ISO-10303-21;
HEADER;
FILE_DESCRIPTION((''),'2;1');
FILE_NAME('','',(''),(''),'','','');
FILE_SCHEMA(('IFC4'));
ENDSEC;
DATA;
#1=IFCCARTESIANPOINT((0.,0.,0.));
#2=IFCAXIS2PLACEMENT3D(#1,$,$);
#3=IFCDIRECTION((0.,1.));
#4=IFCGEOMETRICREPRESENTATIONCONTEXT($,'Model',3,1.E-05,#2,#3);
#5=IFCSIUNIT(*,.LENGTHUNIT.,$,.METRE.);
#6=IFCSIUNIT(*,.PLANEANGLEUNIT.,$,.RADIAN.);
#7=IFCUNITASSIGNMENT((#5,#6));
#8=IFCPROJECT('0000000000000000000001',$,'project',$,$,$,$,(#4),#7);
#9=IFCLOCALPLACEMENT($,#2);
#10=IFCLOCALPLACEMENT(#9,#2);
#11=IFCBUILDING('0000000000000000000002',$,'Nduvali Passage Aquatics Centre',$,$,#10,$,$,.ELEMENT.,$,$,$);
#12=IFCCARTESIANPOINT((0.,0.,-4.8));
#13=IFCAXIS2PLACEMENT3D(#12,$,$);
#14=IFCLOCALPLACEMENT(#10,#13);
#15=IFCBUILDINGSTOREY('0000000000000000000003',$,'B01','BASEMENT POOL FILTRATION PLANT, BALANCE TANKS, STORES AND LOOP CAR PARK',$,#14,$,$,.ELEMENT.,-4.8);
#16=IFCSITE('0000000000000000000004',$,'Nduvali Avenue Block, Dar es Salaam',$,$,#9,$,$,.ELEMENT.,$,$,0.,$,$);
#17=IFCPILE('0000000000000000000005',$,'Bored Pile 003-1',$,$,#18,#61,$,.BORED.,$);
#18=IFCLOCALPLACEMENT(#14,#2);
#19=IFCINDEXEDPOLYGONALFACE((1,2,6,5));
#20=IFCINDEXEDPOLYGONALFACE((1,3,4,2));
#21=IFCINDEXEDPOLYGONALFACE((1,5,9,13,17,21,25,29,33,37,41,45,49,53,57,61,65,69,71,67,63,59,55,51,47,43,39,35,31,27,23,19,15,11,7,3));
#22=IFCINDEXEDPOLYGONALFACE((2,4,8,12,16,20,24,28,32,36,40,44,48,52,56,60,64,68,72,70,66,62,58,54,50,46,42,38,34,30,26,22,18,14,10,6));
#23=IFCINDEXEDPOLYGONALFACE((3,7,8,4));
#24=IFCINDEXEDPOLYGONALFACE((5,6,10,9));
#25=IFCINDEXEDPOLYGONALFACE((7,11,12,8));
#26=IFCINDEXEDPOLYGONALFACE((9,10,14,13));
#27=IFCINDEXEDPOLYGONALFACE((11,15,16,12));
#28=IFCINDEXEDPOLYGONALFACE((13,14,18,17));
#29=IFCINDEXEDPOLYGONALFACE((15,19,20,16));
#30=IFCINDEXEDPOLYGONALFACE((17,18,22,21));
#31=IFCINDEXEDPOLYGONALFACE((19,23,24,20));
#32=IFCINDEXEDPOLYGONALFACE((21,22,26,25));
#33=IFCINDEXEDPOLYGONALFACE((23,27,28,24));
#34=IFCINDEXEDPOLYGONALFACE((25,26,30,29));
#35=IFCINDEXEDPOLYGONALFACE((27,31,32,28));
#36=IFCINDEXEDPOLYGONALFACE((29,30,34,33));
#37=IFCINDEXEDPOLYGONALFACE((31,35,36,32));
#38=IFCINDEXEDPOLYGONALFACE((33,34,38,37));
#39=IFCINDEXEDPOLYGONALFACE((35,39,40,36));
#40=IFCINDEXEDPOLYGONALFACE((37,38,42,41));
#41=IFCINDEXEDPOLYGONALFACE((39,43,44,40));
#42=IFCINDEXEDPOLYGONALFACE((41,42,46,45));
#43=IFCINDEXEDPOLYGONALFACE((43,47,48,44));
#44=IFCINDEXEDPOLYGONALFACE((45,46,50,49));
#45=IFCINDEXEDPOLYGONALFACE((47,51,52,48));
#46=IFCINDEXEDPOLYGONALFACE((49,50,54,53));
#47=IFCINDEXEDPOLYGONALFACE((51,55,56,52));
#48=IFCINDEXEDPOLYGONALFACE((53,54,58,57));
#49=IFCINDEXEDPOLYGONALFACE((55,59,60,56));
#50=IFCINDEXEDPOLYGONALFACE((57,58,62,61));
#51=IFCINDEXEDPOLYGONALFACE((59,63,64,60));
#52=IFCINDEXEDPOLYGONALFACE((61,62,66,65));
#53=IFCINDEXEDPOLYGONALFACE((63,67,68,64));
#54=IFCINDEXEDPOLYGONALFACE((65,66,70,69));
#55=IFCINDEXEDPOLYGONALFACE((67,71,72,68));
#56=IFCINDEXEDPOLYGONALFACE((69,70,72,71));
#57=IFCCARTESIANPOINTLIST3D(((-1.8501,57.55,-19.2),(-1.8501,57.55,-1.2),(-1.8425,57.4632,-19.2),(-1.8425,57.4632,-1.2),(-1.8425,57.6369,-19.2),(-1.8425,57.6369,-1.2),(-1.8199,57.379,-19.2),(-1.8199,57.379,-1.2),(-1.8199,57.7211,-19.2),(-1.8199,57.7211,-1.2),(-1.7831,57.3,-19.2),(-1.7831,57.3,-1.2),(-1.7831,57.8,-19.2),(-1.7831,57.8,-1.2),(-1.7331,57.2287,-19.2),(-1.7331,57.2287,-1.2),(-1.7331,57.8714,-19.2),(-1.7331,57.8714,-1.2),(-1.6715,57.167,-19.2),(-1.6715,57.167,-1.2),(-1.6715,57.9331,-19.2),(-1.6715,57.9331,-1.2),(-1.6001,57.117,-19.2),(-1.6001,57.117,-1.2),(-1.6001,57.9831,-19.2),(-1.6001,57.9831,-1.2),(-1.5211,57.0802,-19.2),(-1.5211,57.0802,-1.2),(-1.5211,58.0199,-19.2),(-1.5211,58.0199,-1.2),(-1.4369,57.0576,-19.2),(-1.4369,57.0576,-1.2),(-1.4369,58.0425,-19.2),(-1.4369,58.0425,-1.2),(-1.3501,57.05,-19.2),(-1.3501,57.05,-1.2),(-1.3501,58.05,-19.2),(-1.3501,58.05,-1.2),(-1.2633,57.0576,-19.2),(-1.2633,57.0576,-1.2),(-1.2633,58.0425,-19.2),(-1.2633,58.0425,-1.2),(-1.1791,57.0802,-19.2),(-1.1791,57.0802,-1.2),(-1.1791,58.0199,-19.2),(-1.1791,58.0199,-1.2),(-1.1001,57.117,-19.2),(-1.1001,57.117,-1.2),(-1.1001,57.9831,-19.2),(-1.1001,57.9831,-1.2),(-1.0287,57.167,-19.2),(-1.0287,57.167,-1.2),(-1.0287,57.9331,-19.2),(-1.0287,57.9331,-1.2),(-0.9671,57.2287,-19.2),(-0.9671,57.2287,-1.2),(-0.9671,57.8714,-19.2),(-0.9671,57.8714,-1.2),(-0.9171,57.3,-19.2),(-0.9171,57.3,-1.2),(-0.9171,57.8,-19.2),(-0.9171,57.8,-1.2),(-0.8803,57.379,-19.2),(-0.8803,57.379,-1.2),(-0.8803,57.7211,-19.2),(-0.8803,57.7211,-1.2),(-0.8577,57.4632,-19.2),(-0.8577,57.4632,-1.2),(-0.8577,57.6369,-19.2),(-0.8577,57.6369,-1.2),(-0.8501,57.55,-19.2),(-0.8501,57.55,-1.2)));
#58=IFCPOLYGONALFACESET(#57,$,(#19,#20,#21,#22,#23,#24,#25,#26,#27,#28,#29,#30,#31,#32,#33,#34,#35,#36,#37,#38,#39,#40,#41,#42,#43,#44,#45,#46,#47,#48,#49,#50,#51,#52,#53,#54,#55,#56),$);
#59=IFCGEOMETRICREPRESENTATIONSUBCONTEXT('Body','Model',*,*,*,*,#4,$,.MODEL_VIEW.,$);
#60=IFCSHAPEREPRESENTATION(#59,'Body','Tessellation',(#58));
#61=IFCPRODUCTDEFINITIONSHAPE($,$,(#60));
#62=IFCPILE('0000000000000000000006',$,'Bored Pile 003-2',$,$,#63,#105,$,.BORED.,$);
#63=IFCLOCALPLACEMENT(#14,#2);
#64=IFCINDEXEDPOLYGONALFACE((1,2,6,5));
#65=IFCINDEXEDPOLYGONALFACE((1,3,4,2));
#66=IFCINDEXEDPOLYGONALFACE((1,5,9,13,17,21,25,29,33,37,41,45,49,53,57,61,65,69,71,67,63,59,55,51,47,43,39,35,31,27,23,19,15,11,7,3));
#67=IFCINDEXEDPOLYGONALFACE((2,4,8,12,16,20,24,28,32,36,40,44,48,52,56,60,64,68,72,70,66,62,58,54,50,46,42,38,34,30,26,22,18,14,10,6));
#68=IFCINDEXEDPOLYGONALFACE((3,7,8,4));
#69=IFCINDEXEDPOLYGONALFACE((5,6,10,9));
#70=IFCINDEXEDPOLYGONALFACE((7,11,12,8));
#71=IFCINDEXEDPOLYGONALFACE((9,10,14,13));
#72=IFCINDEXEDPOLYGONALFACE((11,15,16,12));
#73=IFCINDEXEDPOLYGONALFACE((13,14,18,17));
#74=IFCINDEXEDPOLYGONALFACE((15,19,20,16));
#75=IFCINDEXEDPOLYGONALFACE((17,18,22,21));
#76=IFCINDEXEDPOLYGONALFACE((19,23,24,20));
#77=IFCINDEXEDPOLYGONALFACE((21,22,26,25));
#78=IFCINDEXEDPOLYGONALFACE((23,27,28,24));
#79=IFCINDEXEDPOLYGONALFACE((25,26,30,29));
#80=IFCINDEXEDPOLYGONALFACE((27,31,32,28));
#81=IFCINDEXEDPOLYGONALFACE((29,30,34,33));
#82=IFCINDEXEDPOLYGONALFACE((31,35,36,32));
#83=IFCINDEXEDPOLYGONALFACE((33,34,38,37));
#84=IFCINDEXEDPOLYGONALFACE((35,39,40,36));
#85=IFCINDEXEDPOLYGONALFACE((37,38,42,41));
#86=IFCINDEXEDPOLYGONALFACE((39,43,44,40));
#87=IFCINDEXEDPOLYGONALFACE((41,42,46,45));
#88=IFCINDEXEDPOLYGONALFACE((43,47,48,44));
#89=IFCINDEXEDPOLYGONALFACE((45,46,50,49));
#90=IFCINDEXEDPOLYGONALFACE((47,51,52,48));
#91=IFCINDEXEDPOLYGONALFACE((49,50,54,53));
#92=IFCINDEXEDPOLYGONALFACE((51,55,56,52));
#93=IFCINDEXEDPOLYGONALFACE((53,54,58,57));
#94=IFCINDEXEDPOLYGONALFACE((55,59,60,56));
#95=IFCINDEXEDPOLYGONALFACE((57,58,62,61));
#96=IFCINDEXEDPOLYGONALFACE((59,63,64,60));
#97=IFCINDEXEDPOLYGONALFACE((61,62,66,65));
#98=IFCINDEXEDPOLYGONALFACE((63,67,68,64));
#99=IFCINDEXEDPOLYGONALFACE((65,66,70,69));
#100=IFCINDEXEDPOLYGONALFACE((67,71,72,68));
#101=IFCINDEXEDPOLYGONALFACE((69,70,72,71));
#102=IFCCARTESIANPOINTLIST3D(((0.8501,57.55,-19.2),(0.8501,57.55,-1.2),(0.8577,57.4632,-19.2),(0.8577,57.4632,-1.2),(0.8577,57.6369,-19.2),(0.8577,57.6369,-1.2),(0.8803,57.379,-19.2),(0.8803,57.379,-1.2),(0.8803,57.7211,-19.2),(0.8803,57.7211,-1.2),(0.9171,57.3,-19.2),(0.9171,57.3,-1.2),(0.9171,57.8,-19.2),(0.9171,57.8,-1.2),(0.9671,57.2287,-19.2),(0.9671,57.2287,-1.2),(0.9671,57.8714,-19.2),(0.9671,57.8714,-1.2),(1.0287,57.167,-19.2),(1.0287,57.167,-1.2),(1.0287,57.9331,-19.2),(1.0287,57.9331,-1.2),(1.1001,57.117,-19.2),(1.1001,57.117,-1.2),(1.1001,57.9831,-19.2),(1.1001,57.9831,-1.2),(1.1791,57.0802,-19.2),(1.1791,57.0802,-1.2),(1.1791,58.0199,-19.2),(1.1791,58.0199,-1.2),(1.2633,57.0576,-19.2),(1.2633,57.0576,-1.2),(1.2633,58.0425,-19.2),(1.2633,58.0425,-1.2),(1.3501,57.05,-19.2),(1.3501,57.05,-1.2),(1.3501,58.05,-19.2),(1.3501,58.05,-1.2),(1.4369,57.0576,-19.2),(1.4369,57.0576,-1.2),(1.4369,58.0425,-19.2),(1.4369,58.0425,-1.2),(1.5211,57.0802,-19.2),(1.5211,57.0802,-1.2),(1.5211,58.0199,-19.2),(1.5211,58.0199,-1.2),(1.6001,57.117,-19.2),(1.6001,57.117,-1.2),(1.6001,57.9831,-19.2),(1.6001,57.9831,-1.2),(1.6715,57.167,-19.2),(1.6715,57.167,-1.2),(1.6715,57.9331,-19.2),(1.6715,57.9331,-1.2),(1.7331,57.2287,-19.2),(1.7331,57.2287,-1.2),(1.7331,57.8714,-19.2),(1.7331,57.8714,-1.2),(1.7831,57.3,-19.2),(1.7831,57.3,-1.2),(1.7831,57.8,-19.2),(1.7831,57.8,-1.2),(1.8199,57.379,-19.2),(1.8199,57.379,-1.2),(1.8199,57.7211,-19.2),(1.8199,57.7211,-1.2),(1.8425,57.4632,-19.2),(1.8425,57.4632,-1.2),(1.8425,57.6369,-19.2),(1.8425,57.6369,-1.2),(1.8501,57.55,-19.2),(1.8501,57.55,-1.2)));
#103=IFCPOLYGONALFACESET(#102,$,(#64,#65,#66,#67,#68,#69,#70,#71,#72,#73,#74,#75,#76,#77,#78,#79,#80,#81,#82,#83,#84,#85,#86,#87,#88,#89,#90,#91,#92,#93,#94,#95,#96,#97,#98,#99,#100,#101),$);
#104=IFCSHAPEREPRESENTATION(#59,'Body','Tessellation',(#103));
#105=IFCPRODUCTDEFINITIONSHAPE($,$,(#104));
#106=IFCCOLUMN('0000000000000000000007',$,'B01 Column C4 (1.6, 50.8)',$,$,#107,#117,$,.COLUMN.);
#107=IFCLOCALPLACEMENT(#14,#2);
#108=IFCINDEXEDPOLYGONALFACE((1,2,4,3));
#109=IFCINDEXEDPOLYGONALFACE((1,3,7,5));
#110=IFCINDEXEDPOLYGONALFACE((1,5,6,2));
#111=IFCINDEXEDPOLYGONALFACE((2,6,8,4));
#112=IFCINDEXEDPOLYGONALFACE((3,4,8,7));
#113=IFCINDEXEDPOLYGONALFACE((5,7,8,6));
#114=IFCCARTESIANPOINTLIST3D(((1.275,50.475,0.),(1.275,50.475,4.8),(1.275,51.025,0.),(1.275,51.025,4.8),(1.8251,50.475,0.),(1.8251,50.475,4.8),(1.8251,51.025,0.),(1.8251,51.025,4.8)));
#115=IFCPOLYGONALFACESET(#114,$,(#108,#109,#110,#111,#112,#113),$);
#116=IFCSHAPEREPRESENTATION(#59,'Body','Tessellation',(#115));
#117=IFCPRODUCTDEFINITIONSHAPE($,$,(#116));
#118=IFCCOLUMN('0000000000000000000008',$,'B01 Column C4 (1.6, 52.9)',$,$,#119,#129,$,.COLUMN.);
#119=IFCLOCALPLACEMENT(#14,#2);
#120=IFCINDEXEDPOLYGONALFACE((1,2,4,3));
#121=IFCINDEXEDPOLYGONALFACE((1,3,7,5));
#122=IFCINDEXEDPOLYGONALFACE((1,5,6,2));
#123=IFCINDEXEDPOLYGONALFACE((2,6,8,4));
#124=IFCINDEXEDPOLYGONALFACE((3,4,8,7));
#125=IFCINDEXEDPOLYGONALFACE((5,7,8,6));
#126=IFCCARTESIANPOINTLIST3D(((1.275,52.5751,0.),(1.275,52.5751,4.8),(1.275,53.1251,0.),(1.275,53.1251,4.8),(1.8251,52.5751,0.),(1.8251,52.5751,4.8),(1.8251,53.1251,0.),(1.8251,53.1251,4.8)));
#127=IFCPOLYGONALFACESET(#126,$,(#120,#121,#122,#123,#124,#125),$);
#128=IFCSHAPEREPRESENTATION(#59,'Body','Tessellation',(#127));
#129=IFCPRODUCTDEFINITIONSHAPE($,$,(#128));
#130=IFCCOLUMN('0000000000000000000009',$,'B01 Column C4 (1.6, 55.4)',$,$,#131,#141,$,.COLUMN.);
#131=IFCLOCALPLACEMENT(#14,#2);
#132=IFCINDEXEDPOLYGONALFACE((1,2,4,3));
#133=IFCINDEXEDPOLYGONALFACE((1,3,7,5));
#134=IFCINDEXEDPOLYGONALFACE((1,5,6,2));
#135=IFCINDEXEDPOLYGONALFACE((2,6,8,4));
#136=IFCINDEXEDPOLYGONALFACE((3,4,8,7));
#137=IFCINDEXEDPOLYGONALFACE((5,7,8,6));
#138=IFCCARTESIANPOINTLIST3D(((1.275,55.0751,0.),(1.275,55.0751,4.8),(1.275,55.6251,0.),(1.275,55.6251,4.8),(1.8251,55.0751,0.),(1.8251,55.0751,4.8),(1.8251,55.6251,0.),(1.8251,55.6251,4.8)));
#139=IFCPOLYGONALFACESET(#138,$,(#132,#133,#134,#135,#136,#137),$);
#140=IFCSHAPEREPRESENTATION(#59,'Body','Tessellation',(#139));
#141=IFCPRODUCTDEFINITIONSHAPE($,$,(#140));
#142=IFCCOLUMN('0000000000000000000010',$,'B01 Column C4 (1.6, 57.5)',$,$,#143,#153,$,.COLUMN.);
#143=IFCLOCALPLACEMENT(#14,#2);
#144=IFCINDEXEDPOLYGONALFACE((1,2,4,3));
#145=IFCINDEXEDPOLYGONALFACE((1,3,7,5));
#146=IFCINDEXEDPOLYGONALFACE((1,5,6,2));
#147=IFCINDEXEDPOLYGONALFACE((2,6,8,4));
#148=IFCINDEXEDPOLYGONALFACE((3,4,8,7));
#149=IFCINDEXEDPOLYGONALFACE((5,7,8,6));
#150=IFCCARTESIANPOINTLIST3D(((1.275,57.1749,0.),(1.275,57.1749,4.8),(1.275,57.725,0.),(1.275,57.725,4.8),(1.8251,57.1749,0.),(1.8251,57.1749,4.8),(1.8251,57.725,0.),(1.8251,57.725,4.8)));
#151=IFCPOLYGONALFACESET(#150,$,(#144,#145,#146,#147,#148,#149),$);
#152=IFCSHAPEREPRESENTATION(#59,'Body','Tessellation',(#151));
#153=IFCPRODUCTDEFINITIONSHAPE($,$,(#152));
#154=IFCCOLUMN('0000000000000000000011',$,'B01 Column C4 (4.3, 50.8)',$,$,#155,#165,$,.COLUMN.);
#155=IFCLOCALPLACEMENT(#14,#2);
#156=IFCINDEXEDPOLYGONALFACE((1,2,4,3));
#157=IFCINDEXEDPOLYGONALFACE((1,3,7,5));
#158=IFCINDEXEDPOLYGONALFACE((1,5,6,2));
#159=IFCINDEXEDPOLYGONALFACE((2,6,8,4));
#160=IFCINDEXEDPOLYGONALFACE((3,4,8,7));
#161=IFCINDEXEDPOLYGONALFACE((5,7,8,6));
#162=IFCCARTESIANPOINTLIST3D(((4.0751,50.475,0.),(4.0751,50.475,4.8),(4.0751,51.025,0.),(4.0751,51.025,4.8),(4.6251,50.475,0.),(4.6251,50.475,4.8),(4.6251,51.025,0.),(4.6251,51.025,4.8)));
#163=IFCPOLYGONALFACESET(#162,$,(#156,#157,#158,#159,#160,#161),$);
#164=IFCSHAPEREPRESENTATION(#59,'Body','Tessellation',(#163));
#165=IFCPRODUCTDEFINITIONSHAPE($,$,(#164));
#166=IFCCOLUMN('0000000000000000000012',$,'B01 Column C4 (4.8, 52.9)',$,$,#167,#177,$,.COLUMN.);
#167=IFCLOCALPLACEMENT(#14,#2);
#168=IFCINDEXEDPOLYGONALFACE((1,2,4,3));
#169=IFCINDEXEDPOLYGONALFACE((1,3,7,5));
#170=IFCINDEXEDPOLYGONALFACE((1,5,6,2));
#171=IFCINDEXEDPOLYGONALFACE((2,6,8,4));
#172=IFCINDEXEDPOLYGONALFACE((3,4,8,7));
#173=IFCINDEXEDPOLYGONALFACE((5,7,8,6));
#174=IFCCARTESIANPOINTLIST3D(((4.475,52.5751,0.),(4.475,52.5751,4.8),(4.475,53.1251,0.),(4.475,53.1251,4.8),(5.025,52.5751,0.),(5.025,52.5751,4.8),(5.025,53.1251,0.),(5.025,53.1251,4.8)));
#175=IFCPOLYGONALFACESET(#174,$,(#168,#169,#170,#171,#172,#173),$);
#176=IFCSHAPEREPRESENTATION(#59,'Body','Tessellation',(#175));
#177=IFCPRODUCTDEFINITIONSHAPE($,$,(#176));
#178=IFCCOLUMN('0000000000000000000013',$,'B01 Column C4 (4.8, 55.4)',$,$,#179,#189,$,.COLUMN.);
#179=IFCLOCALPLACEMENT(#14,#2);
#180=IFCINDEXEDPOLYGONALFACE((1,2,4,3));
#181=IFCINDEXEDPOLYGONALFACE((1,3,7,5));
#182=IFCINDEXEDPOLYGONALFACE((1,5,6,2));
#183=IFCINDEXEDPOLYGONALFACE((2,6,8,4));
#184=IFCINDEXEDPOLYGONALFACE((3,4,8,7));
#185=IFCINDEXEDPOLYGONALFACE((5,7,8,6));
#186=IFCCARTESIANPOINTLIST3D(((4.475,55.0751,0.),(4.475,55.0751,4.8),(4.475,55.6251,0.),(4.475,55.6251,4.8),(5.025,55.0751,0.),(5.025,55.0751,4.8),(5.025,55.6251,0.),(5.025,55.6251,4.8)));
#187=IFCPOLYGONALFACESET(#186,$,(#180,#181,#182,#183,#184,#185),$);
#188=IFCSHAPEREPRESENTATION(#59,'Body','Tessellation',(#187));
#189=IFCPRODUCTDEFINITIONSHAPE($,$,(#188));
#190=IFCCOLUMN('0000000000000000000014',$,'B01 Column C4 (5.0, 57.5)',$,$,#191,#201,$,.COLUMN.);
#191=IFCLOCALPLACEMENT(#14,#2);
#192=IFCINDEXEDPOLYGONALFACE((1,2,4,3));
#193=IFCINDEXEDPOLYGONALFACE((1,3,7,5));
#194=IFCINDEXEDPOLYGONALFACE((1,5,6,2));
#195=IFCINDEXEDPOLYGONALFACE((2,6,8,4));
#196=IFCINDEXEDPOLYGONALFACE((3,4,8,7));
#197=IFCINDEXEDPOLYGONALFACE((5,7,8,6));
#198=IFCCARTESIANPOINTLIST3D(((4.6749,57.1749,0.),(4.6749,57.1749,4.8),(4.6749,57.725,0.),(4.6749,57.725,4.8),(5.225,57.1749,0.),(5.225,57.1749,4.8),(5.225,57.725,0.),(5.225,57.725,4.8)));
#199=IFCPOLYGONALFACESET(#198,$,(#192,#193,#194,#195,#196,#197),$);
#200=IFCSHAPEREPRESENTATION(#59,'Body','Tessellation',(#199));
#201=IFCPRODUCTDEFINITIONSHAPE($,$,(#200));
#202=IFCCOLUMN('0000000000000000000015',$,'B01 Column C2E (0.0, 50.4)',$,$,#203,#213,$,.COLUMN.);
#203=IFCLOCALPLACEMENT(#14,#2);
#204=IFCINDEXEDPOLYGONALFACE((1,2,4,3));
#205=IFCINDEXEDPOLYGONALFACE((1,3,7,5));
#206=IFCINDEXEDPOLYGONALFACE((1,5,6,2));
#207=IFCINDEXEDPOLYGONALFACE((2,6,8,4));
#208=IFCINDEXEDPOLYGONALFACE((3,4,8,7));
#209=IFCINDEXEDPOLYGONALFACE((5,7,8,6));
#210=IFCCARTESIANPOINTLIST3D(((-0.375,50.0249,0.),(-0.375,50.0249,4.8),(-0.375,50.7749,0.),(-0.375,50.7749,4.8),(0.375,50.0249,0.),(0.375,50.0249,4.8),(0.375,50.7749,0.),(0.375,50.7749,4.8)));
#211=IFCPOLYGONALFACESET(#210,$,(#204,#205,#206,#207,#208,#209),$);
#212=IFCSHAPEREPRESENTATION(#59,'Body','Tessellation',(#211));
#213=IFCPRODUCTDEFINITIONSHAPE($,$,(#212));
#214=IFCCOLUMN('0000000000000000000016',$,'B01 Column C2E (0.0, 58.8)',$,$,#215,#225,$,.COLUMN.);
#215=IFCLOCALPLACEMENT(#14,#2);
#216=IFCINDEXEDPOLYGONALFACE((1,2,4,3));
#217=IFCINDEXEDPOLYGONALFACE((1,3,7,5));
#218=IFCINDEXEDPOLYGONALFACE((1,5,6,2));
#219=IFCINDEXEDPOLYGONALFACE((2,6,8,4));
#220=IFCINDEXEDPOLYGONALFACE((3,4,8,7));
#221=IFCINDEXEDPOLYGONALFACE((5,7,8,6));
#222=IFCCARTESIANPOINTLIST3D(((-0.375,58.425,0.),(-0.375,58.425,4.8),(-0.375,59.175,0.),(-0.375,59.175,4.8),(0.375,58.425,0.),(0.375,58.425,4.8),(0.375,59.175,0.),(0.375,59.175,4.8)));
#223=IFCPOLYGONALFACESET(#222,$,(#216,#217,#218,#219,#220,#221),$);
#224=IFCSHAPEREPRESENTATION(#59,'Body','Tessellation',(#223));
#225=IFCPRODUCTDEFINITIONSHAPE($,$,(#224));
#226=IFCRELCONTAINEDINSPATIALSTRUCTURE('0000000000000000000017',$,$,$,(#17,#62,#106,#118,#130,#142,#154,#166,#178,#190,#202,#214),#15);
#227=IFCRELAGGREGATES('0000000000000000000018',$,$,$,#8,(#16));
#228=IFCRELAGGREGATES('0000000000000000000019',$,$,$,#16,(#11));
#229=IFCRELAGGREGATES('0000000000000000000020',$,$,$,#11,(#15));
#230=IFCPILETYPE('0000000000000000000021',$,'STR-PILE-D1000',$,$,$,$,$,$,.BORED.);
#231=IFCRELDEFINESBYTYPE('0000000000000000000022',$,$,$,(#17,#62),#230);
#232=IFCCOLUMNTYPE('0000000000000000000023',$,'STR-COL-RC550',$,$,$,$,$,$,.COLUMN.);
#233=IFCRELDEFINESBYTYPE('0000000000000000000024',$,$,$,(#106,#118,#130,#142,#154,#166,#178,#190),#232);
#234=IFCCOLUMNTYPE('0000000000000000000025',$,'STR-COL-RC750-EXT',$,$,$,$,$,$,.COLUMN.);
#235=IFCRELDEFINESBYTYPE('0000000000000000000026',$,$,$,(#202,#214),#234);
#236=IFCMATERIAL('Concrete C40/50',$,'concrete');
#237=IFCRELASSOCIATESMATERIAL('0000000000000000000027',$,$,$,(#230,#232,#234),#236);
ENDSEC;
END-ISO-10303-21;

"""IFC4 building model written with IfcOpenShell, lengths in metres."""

from ifc_helpers import new_model, si_unit, direction, frame, origin, origin_2d, place, context, subcontext, project, spatial, rectangle, circle, extrude, material, material_profile, profile_set, type_object, element, save


model = new_model("IFC4")

# Units and contexts
model_context = context("Model", 3, precision=1e-05, world=origin(), true_north=direction((0.0, 1.0)))
body_context = subcontext(model_context, "Body", "Model", "MODEL_VIEW")
ifc_project = project(units=[si_unit("LENGTHUNIT", "METRE"), si_unit("PLANEANGLEUNIT", "RADIAN")], contexts=[model_context])

# Site, building, storey
site_placement = place(None, origin())
site = spatial("IfcSite", under=ifc_project, at=site_placement, Name="Nduvali Avenue Block, Dar es Salaam", CompositionType="ELEMENT", RefElevation=0.0)
building_placement = place(site_placement, origin())
building = spatial("IfcBuilding", under=site, at=building_placement, Name="Nduvali Passage Aquatics Centre", CompositionType="ELEMENT")
storey_placement = place(building_placement, frame((0.0, 0.0, -4.8)))
storey = spatial("IfcBuildingStorey", under=building, at=storey_placement, Name="B01", Description="BASEMENT POOL FILTRATION PLANT, BALANCE TANKS, STORES AND LOOP CAR PARK", CompositionType="ELEMENT", Elevation=-4.8)

# Shared definitions
ifc_material = material(Name="Concrete C40/50", Category="concrete")

# Piles
ifc_material_profile_1 = material_profile(ifc_material, circle(Radius=0.5, at=origin_2d()), Name="PILE D1000")
ifc_profile_set_1 = profile_set([ifc_material_profile_1], Name="Concrete C40/50")
pile_type = type_object("IfcPileType", Name="STR-PILE-D1000", PredefinedType="BORED", material=ifc_profile_set_1)
for number, where, z_axis, x_axis, name in (
    (1, (-1.3501, 57.55, -1.2), (0.0, 0.0, -1.0), (1.0, 0.0, 0.0), "Bored Pile 003-1"),
    (2, (1.3501, 57.55, -1.2), (0.0, 0.0, -1.0), (1.0, 0.0, 0.0), "Bored Pile 003-2"),
):
    element("IfcPile", number, at=place(storey_placement, frame(where, z_axis=z_axis, x_axis=x_axis)), inside=storey, type_object=pile_type, Name=name, PredefinedType="BORED", context=body_context, shape_type="SweptSolid", body=[
        extrude(circle(Radius=0.5, at=origin_2d()), origin(), (0.0, 0.0, 1.0), 18.0),
    ])

# Columns
ifc_material_profile_2 = material_profile(ifc_material, rectangle(XDim=0.55, YDim=0.55, at=origin_2d()), Name="RC 550x550")
ifc_profile_set_2 = profile_set([ifc_material_profile_2], Name="Concrete C40/50")
column_type_1 = type_object("IfcColumnType", Name="STR-COL-RC550", PredefinedType="COLUMN", material=ifc_profile_set_2)
for number, where, z_axis, x_axis, name in (
    (3, (1.55, 50.75, 0.0), (0.0, 0.0, 1.0), (1.0, 0.0, 0.0), "B01 Column C4 (1.6, 50.8)"),
    (4, (1.55, 52.8501, 0.0), (0.0, 0.0, 1.0), (1.0, 0.0, 0.0), "B01 Column C4 (1.6, 52.9)"),
    (5, (1.55, 55.3501, 0.0), (0.0, 0.0, 1.0), (1.0, 0.0, 0.0), "B01 Column C4 (1.6, 55.4)"),
    (6, (1.55, 57.45, 0.0), (0.0, 0.0, 1.0), (1.0, 0.0, 0.0), "B01 Column C4 (1.6, 57.5)"),
    (7, (4.3501, 50.75, 0.0), (0.0, 0.0, 1.0), (1.0, 0.0, 0.0), "B01 Column C4 (4.3, 50.8)"),
    (8, (4.75, 52.8501, 0.0), (0.0, 0.0, 1.0), (1.0, 0.0, 0.0), "B01 Column C4 (4.8, 52.9)"),
    (9, (4.75, 55.3501, 0.0), (0.0, 0.0, 1.0), (1.0, 0.0, 0.0), "B01 Column C4 (4.8, 55.4)"),
    (10, (4.95, 57.45, 0.0), (0.0, 0.0, 1.0), (1.0, 0.0, 0.0), "B01 Column C4 (5.0, 57.5)"),
):
    element("IfcColumn", number, at=place(storey_placement, frame(where, z_axis=z_axis, x_axis=x_axis)), inside=storey, type_object=column_type_1, Name=name, PredefinedType="COLUMN", context=body_context, shape_type="SweptSolid", body=[
        extrude(rectangle(XDim=0.55, YDim=0.55, at=origin_2d()), origin(), (0.0, 0.0, 1.0), 4.8),
    ])
ifc_material_profile_3 = material_profile(ifc_material, rectangle(XDim=0.75, YDim=0.75, at=origin_2d()), Name="RC 750x750")
ifc_profile_set_3 = profile_set([ifc_material_profile_3], Name="Concrete C40/50")
column_type_2 = type_object("IfcColumnType", Name="STR-COL-RC750-EXT", PredefinedType="COLUMN", material=ifc_profile_set_3)
for number, where, z_axis, x_axis, name in (
    (11, (0.0, 50.3999, 0.0), (0.0, 0.0, 1.0), (1.0, 0.0, 0.0), "B01 Column C2E (0.0, 50.4)"),
    (12, (0.0, 58.8, 0.0), (0.0, 0.0, 1.0), (1.0, 0.0, 0.0), "B01 Column C2E (0.0, 58.8)"),
):
    element("IfcColumn", number, at=place(storey_placement, frame(where, z_axis=z_axis, x_axis=x_axis)), inside=storey, type_object=column_type_2, Name=name, PredefinedType="COLUMN", context=body_context, shape_type="SweptSolid", body=[
        extrude(rectangle(XDim=0.75, YDim=0.75, at=origin_2d()), origin(), (0.0, 0.0, 1.0), 4.8),
    ])

save(model, "model.ifc")
